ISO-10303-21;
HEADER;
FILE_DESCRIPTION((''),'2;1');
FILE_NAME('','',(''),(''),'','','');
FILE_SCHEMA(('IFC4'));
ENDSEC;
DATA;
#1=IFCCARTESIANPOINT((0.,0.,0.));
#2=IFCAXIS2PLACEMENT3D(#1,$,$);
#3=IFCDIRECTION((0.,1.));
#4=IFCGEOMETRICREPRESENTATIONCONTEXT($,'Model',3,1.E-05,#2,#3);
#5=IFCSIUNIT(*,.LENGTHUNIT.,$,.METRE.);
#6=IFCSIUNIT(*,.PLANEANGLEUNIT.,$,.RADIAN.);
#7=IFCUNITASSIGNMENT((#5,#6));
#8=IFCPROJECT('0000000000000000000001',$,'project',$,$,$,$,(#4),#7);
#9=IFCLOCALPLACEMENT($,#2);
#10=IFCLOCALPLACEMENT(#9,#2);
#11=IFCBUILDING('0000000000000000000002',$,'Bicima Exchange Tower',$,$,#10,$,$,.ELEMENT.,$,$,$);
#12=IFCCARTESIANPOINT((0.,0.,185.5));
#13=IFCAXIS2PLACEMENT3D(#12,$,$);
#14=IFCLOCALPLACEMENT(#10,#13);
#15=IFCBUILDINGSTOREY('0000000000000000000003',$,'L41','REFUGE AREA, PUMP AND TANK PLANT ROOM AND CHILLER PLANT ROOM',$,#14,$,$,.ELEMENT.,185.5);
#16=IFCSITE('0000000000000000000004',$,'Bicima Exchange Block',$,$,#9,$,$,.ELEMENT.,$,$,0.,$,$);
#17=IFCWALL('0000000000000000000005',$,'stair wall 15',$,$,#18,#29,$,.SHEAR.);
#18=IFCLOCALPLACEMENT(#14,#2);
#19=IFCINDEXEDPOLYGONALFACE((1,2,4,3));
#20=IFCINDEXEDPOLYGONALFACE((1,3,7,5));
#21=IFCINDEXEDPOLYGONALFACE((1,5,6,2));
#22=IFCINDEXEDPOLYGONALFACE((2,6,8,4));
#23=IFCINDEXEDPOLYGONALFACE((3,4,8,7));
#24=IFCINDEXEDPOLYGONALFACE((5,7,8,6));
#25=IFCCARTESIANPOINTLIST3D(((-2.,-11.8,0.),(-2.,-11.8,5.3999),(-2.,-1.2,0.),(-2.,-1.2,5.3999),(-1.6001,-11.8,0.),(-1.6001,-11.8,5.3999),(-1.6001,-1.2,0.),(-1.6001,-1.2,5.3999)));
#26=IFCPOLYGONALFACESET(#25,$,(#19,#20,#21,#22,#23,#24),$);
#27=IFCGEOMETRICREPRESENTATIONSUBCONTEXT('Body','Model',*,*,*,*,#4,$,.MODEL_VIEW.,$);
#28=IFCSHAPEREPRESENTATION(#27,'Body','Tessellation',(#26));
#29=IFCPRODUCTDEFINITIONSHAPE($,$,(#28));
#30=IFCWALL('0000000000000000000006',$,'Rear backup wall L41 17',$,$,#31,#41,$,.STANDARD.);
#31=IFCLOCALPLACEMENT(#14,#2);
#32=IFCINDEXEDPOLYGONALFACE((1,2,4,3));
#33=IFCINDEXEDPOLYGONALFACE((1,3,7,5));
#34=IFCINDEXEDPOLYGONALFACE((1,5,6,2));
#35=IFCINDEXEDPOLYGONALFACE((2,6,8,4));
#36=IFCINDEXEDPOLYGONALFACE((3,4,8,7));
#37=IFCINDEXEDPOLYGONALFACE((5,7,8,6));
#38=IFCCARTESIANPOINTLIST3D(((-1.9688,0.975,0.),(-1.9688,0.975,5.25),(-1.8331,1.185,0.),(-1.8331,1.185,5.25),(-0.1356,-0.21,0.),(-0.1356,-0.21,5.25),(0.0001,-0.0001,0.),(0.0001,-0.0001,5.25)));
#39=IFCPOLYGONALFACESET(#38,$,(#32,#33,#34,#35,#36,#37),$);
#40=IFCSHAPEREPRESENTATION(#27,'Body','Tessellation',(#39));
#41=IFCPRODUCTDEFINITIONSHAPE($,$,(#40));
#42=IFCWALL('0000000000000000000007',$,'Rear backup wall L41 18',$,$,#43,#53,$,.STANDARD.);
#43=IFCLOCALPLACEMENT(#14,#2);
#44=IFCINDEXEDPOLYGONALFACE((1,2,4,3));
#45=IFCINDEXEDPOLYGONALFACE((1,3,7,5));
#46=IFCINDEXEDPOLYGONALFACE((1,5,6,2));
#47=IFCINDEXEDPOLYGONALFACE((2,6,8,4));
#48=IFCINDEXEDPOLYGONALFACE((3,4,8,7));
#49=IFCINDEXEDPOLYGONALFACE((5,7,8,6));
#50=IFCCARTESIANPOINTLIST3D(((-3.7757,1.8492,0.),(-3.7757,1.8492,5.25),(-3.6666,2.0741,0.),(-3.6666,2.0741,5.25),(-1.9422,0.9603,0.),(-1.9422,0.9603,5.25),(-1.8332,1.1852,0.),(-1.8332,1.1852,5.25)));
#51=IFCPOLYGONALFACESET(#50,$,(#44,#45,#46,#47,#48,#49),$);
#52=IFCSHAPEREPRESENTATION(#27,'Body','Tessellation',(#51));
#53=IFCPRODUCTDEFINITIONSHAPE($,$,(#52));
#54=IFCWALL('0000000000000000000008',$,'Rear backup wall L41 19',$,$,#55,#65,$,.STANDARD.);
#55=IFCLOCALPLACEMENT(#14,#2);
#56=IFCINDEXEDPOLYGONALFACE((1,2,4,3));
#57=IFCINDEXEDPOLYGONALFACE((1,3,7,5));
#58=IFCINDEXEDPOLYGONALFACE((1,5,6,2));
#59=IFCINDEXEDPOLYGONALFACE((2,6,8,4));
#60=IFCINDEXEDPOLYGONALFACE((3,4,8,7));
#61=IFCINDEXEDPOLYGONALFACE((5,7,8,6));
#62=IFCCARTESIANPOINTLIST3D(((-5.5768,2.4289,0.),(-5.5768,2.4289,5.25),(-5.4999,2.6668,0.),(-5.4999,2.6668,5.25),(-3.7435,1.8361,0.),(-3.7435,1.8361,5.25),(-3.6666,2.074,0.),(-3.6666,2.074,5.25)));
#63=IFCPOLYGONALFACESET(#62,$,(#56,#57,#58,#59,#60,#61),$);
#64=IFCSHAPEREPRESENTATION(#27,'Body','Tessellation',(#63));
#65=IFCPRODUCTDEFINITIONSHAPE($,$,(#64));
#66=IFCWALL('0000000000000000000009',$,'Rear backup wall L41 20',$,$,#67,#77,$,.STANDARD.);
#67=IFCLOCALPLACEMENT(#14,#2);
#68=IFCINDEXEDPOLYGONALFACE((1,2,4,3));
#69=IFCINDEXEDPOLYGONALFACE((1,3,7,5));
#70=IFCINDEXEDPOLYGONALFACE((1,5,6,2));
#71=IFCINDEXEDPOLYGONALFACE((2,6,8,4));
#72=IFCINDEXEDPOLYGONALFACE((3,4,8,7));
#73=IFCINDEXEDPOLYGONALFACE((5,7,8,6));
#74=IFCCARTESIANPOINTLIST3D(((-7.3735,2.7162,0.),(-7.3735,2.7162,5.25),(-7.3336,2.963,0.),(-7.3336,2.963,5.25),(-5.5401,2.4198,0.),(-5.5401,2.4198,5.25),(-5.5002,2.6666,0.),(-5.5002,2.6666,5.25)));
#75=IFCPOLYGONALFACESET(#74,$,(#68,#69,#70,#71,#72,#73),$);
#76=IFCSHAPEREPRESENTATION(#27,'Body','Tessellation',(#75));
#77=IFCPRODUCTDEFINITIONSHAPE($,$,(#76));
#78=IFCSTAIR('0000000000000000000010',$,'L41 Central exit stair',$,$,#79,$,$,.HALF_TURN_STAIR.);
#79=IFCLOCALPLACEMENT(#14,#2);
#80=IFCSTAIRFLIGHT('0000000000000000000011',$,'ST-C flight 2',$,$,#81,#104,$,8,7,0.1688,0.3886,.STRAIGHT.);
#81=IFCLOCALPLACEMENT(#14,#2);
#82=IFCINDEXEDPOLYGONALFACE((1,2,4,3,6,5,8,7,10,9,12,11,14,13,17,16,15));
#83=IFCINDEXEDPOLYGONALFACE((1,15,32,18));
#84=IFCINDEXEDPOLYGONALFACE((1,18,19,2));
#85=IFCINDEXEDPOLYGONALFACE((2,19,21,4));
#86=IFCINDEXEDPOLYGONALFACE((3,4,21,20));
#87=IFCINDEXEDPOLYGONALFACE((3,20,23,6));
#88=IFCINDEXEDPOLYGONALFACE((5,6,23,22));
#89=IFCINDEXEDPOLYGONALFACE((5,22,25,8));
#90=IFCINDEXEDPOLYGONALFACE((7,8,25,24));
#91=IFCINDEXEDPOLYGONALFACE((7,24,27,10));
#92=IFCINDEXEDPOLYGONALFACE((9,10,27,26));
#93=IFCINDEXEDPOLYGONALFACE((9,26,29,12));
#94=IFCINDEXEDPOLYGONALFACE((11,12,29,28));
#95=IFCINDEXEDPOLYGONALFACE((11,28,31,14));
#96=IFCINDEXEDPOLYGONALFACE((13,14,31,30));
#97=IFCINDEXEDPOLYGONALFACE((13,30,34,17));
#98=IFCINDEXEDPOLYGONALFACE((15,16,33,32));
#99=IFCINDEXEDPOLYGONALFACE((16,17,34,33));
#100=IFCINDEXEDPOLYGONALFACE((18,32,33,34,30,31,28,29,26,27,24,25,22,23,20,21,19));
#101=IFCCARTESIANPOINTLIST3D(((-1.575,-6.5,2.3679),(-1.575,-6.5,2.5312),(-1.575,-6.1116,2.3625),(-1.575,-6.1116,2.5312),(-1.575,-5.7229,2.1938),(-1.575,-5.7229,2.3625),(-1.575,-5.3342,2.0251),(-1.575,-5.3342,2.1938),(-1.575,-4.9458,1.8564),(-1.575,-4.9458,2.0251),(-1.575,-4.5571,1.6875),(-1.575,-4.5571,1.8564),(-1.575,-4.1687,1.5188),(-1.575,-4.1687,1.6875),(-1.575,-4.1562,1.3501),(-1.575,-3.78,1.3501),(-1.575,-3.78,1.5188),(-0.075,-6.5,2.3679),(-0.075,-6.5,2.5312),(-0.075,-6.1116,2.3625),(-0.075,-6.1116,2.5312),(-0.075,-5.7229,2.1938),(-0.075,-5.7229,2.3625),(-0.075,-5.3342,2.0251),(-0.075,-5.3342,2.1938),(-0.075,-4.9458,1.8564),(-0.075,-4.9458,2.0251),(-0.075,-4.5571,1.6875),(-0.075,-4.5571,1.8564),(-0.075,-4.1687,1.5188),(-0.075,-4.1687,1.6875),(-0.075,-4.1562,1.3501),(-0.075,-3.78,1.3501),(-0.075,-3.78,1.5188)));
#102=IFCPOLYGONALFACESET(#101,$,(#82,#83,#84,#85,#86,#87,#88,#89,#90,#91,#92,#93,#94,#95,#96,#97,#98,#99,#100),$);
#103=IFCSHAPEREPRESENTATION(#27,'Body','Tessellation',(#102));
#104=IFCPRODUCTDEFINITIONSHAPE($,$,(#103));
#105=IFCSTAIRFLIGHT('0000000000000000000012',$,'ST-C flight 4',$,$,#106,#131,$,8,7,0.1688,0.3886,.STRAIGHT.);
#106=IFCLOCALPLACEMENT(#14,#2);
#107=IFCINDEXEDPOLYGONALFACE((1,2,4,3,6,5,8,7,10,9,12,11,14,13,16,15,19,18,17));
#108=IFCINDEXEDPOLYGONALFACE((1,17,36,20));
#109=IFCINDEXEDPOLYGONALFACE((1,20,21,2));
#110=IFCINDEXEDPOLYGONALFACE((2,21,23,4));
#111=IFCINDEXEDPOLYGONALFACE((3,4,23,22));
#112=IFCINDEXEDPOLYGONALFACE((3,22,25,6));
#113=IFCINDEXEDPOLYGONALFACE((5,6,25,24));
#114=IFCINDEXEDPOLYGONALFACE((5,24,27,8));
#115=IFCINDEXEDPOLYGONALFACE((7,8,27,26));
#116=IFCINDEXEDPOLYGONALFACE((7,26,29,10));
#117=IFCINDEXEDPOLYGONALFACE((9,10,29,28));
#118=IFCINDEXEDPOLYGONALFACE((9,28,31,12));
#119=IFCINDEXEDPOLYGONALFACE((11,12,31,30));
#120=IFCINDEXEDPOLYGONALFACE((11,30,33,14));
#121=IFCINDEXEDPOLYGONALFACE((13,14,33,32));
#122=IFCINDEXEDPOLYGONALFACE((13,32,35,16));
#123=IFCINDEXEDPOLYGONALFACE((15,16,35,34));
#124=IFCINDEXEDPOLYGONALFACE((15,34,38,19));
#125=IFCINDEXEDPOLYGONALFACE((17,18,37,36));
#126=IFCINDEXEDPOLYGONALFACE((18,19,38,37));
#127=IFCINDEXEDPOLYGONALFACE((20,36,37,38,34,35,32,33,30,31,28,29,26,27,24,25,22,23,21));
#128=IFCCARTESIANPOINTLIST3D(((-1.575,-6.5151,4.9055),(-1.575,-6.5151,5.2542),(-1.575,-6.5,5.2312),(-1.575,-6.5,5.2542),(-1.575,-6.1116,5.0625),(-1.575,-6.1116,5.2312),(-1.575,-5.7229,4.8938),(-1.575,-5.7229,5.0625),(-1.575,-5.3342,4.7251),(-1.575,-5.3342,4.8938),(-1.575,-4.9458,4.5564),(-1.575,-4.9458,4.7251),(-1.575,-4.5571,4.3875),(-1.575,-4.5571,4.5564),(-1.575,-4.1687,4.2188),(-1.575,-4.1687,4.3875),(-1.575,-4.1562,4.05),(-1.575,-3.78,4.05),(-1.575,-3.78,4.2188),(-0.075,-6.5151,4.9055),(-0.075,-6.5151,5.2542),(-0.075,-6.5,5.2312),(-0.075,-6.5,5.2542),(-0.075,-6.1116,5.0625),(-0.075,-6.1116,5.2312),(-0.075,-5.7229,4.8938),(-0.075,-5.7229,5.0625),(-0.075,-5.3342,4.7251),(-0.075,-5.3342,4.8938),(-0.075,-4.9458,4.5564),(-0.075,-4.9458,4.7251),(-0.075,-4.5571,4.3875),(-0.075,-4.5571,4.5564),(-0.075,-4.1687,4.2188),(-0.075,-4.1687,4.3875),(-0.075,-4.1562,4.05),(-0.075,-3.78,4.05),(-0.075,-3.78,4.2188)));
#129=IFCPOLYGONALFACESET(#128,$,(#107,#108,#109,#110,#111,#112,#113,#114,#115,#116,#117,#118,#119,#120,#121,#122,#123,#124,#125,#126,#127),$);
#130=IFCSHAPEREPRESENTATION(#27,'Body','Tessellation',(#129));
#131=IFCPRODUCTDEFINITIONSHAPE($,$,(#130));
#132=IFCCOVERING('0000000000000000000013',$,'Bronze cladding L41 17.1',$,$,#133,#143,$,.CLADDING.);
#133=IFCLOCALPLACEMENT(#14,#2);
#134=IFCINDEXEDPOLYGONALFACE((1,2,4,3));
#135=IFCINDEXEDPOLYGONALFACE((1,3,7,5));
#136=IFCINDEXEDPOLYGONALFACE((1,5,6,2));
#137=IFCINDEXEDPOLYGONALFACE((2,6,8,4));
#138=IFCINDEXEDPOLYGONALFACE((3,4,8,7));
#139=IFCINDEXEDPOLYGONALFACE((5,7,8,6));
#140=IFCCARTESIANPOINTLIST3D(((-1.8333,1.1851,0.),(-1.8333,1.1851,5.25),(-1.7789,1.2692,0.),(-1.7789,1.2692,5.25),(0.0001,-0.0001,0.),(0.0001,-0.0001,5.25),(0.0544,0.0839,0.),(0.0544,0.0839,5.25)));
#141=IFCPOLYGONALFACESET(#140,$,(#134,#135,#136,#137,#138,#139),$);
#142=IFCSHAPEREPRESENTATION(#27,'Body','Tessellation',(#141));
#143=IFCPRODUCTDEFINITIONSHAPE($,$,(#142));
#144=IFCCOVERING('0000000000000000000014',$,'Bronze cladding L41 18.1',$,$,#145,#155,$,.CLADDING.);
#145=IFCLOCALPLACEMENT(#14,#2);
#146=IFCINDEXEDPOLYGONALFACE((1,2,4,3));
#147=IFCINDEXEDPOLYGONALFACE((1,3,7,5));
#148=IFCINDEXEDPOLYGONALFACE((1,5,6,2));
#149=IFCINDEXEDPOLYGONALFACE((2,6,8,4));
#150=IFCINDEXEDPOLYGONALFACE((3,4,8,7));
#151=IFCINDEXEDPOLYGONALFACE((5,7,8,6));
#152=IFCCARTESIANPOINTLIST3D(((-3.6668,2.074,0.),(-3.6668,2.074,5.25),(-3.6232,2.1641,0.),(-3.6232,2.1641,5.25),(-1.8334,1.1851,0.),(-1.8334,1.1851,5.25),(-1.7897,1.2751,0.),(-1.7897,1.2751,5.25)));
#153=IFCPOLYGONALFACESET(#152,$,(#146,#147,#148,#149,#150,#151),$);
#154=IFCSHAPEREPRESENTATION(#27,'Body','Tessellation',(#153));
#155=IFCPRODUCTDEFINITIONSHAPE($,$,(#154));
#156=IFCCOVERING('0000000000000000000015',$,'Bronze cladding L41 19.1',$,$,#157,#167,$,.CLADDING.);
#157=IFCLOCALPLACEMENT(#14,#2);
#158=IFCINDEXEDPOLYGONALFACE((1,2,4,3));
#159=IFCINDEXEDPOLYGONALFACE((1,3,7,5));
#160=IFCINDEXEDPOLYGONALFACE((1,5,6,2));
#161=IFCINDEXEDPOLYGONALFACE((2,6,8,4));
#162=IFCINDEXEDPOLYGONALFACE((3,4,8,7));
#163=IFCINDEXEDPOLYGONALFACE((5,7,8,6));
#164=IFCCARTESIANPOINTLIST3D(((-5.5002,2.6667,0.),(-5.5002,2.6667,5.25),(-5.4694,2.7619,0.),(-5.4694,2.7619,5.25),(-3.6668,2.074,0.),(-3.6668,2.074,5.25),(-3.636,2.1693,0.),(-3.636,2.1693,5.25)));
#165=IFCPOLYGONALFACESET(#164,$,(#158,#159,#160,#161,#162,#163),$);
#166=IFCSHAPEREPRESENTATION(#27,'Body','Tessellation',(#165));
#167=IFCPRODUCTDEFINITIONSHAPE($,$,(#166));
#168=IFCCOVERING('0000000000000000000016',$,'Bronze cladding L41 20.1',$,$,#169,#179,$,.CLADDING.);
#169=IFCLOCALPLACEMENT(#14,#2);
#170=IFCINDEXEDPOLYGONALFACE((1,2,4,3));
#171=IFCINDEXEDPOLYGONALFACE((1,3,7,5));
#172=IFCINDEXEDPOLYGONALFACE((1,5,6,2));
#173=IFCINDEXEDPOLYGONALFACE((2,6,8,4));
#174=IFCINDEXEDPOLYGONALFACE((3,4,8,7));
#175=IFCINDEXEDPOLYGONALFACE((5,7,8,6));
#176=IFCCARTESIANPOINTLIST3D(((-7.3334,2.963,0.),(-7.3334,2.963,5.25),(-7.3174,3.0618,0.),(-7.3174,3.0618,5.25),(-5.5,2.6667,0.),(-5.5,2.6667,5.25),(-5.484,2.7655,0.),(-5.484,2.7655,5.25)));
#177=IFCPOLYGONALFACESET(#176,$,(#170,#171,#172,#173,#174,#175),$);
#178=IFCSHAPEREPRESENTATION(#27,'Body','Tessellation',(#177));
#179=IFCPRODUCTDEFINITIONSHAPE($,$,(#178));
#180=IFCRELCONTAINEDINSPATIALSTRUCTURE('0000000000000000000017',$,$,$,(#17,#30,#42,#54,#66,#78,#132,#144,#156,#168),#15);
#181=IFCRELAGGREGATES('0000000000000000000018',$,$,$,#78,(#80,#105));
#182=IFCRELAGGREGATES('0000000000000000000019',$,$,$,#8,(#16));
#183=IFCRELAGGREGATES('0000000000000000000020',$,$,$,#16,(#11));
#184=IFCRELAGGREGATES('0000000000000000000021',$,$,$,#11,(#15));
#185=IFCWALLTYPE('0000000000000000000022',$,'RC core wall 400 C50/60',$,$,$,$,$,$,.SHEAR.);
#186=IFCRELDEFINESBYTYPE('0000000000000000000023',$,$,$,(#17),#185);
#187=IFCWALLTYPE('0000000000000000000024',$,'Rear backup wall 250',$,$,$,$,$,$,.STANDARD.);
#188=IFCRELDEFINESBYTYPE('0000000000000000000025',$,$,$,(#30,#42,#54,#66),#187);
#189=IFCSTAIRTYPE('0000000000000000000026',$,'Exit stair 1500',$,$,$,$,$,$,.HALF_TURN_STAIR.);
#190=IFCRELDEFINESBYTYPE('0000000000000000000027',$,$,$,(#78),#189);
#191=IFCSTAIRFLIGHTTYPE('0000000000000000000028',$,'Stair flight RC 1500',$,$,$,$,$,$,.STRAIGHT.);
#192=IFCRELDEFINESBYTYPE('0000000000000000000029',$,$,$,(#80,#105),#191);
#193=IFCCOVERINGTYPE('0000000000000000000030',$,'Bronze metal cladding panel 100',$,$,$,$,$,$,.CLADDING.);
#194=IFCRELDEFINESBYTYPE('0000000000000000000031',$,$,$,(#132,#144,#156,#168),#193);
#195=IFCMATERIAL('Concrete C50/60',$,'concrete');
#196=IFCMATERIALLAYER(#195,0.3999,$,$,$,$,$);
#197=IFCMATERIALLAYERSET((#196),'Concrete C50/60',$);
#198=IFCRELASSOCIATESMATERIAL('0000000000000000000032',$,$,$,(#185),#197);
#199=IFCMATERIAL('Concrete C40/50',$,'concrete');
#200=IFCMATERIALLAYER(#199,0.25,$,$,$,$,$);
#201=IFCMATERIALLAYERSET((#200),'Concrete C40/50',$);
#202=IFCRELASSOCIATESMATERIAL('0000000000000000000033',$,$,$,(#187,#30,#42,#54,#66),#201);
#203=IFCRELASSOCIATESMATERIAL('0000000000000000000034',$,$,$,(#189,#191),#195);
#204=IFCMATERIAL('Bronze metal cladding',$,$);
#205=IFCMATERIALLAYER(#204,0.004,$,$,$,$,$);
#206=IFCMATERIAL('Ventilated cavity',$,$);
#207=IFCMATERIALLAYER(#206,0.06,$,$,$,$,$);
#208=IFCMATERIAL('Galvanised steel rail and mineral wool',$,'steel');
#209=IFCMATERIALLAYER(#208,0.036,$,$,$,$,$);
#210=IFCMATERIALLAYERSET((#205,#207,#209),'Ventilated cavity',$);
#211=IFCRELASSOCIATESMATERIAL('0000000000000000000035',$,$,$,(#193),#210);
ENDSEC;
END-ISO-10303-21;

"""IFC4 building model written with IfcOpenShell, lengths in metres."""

from ifc_helpers import new_model, si_unit, direction, frame, frame_2d, origin, origin_2d, place, context, subcontext, project, spatial, polyline, rectangle, outline, extrude, material, layer, layer_set, layer_usage, type_object, element, aggregate, save


model = new_model("IFC4")

# Units and contexts
model_context = context("Model", 3, precision=1e-05, world=origin(), true_north=direction((0.0, 1.0)))
body_context = subcontext(model_context, "Body", "Model", "MODEL_VIEW")
ifc_project = project(units=[si_unit("LENGTHUNIT", "METRE"), si_unit("PLANEANGLEUNIT", "RADIAN")], contexts=[model_context])

# Site, building, storey
site_placement = place(None, origin())
site = spatial("IfcSite", under=ifc_project, at=site_placement, Name="Bicima Exchange Block", CompositionType="ELEMENT", RefElevation=0.0)
building_placement = place(site_placement, origin())
building = spatial("IfcBuilding", under=site, at=building_placement, Name="Bicima Exchange Tower", CompositionType="ELEMENT")
storey_placement = place(building_placement, frame((0.0, 0.0, 185.5)))
storey = spatial("IfcBuildingStorey", under=building, at=storey_placement, Name="L41", Description="REFUGE AREA, PUMP AND TANK PLANT ROOM AND CHILLER PLANT ROOM", CompositionType="ELEMENT", Elevation=185.5)

# Shared definitions
ifc_material_1 = material(Name="Concrete C40/50", Category="concrete")

# Shared definitions
ifc_material_2 = material(Name="Concrete C50/60", Category="concrete")
ifc_layer_1 = layer(ifc_material_2, 0.3999)
ifc_layer_set_1 = layer_set([ifc_layer_1], Name="Concrete C50/60")
wall_type_1 = type_object("IfcWallType", Name="RC core wall 400 C50/60", PredefinedType="SHEAR", material=ifc_layer_set_1)

# Walls
wall_1_placement = place(storey_placement, frame((-1.8, -11.8, 0.0), z_axis=(0.0, 0.0, 1.0), x_axis=(0.0, 1.0, 0.0)))
element("IfcWall", 1, at=wall_1_placement, inside=storey, type_object=wall_type_1, Name="stair wall 15", PredefinedType="SHEAR", context=body_context, shape_type="SweptSolid", body=[
    extrude(rectangle(XDim=10.6001, YDim=0.3999, at=frame_2d((5.3, 0.0))), origin(), (0.0, 0.0, 1.0), 5.3999),
])
ifc_layer_2 = layer(ifc_material_1, 0.25)
ifc_layer_set_2 = layer_set([ifc_layer_2], Name="Concrete C40/50")
ifc_layer_usage = layer_usage(ifc_layer_set_2, "AXIS2", "POSITIVE", -0.125)
wall_type_2 = type_object("IfcWallType", Name="Rear backup wall 250", PredefinedType="STANDARD", material=ifc_layer_set_2)
wall_2_placement = place(storey_placement, frame((-0.0679, -0.105, 0.0), z_axis=(0.0, 0.0, 1.0), x_axis=(-0.839813, 0.542876, 0.0)))
element("IfcWall", 2, at=wall_2_placement, inside=storey, type_object=wall_type_2, material=ifc_layer_usage, Name="Rear backup wall L41 17", PredefinedType="STANDARD", context=body_context, shape_type="SweptSolid", body=[
    extrude(rectangle(XDim=2.1829, YDim=0.25, at=frame_2d((1.0913, 0.0))), origin(), (0.0, 0.0, 1.0), 5.25),
])
wall_3_placement = place(storey_placement, frame((-1.8877, 1.0728, 0.0), z_axis=(0.0, 0.0, 1.0), x_axis=(-0.899824, 0.436253, 0.0)))
element("IfcWall", 3, at=wall_3_placement, inside=storey, type_object=wall_type_2, material=ifc_layer_usage, Name="Rear backup wall L41 18", PredefinedType="STANDARD", context=body_context, shape_type="SweptSolid", body=[
    extrude(rectangle(XDim=2.0376, YDim=0.25, at=frame_2d((1.0188, 0.0))), origin(), (0.0, 0.0, 1.0), 5.25),
])
wall_4_placement = place(storey_placement, frame((-3.7051, 1.9551, 0.0), z_axis=(0.0, 0.0, 1.0), x_axis=(-0.951496, 0.307662, 0.0)))
element("IfcWall", 4, at=wall_4_placement, inside=storey, type_object=wall_type_2, material=ifc_layer_usage, Name="Rear backup wall L41 19", PredefinedType="STANDARD", context=body_context, shape_type="SweptSolid", body=[
    extrude(rectangle(XDim=1.9268, YDim=0.25, at=frame_2d((0.9634, 0.0))), origin(), (0.0, 0.0, 1.0), 5.25),
])
wall_5_placement = place(storey_placement, frame((-5.52, 2.5432, 0.0), z_axis=(0.0, 0.0, 1.0), x_axis=(-0.987182, 0.1596, 0.0)))
element("IfcWall", 5, at=wall_5_placement, inside=storey, type_object=wall_type_2, material=ifc_layer_usage, Name="Rear backup wall L41 20", PredefinedType="STANDARD", context=body_context, shape_type="SweptSolid", body=[
    extrude(rectangle(XDim=1.8572, YDim=0.25, at=frame_2d((0.9287, 0.0))), origin(), (0.0, 0.0, 1.0), 5.25),
])

# Stair, stair flights
stair_type = type_object("IfcStairType", Name="Exit stair 1500", PredefinedType="HALF_TURN_STAIR", material=ifc_material_2)
stair_placement = place(storey_placement, origin())
stair = element("IfcStair", 6, at=stair_placement, inside=storey, type_object=stair_type, Name="L41 Central exit stair", PredefinedType="HALF_TURN_STAIR")
stair_flight_type = type_object("IfcStairFlightType", Name="Stair flight RC 1500", PredefinedType="STRAIGHT", material=ifc_material_2)
stair_flight_1_placement = place(storey_placement, frame((-0.825, -3.78, 1.3501), z_axis=(0.0, 0.0, 1.0), x_axis=(0.0, -1.0, 0.0)))
stair_flight_1 = element("IfcStairFlight", 7, at=stair_flight_1_placement, type_object=stair_flight_type, Name="ST-C flight 2", NumberOfRisers=8, NumberOfTreads=7, PredefinedType="STRAIGHT", RiserHeight=0.1688, TreadLength=0.3886, context=body_context, shape_type="SweptSolid", body=[
    extrude(outline(polyline([(0.0, 0.0), (0.0, 0.1687), (0.3887, 0.1687), (0.3887, 0.3374), (0.7771, 0.3374), (0.7771, 0.5063), (1.1658, 0.5063), (1.1658, 0.675), (1.5542, 0.675), (1.5542, 0.8438), (1.9429, 0.8438), (1.9429, 1.0125), (2.3315, 1.0125), (2.3315, 1.1812), (2.72, 1.1812), (2.72, 1.3501), (2.72, 1.0178), (0.3762, 0.0), (0.0, 0.0)])), frame((0.0, 0.75, 0.0), z_axis=(0.0, -1.0, 0.0), x_axis=(1.0, 0.0, 0.0)), (0.0, 0.0, 1.0), 1.5),
])
stair_flight_2_placement = place(storey_placement, frame((-0.825, -3.78, 4.05), z_axis=(0.0, 0.0, 1.0), x_axis=(0.0, -1.0, 0.0)))
stair_flight_2 = element("IfcStairFlight", 8, at=stair_flight_2_placement, type_object=stair_flight_type, Name="ST-C flight 4", NumberOfRisers=8, NumberOfTreads=7, PredefinedType="STRAIGHT", RiserHeight=0.1688, TreadLength=0.3886, context=body_context, shape_type="SweptSolid", body=[
    extrude(outline(polyline([(0.0, 0.0), (0.0, 0.1687), (0.3887, 0.1687), (0.3887, 0.3374), (0.7771, 0.3374), (0.7771, 0.5063), (1.1658, 0.5063), (1.1658, 0.675), (1.5542, 0.675), (1.5542, 0.8438), (1.9429, 0.8438), (1.9429, 1.0125), (2.3315, 1.0125), (2.3315, 1.1812), (2.72, 1.1812), (2.72, 1.2041), (2.7351, 1.2041), (2.7351, 0.8555), (0.3762, 0.0), (0.0, 0.0)])), frame((0.0, 0.75, 0.0), z_axis=(0.0, -1.0, 0.0), x_axis=(1.0, 0.0, 0.0)), (0.0, 0.0, 1.0), 1.5),
])
aggregate(stair, [stair_flight_1, stair_flight_2])

# Coverings
ifc_material_3 = material(Name="Bronze metal cladding")
ifc_layer_3 = layer(ifc_material_3, 0.004)
ifc_material_4 = material(Name="Ventilated cavity")
ifc_layer_4 = layer(ifc_material_4, 0.06)
ifc_material_5 = material(Name="Galvanised steel rail and mineral wool", Category="steel")
ifc_layer_5 = layer(ifc_material_5, 0.036)
ifc_layer_set_3 = layer_set([ifc_layer_3, ifc_layer_4, ifc_layer_5], Name="Ventilated cavity")
covering_type = type_object("IfcCoveringType", Name="Bronze metal cladding panel 100", PredefinedType="CLADDING", material=ifc_layer_set_3)
covering_1_placement = place(storey_placement, frame((-0.8894, 0.6345, 0.0), z_axis=(0.0, 0.0, 1.0), x_axis=(-0.83979, 0.542911, 0.0)))
element("IfcCovering", 9, at=covering_1_placement, inside=storey, type_object=covering_type, Name="Bronze cladding L41 17.1", PredefinedType="CLADDING", context=body_context, shape_type="SweptSolid", body=[
    extrude(rectangle(XDim=2.1831, YDim=0.1001, at=origin_2d()), origin(), (0.0, 0.0, 1.0), 5.25),
])
covering_2_placement = place(storey_placement, frame((-2.7283, 1.6746, 0.0), z_axis=(0.0, 0.0, 1.0), x_axis=(-0.899818, 0.436265, 0.0)))
element("IfcCovering", 10, at=covering_2_placement, inside=storey, type_object=covering_type, Name="Bronze cladding L41 18.1", PredefinedType="CLADDING", context=body_context, shape_type="SweptSolid", body=[
    extrude(rectangle(XDim=2.0376, YDim=0.1001, at=origin_2d()), origin(), (0.0, 0.0, 1.0), 5.25),
])
covering_3_placement = place(storey_placement, frame((-4.5681, 2.418, 0.0), z_axis=(0.0, 0.0, 1.0), x_axis=(-0.951525, 0.307573, 0.0)))
element("IfcCovering", 11, at=covering_3_placement, inside=storey, type_object=covering_type, Name="Bronze cladding L41 19.1", PredefinedType="CLADDING", context=body_context, shape_type="SweptSolid", body=[
    extrude(rectangle(XDim=1.9268, YDim=0.1001, at=origin_2d()), origin(), (0.0, 0.0, 1.0), 5.25),
])
covering_4_placement = place(storey_placement, frame((-6.4087, 2.8643, 0.0), z_axis=(0.0, 0.0, 1.0), x_axis=(-0.98719, 0.15955, 0.0)))
element("IfcCovering", 12, at=covering_4_placement, inside=storey, type_object=covering_type, Name="Bronze cladding L41 20.1", PredefinedType="CLADDING", context=body_context, shape_type="SweptSolid", body=[
    extrude(rectangle(XDim=1.8572, YDim=0.1001, at=origin_2d()), origin(), (0.0, 0.0, 1.0), 5.25),
])

save(model, "model.ifc")
